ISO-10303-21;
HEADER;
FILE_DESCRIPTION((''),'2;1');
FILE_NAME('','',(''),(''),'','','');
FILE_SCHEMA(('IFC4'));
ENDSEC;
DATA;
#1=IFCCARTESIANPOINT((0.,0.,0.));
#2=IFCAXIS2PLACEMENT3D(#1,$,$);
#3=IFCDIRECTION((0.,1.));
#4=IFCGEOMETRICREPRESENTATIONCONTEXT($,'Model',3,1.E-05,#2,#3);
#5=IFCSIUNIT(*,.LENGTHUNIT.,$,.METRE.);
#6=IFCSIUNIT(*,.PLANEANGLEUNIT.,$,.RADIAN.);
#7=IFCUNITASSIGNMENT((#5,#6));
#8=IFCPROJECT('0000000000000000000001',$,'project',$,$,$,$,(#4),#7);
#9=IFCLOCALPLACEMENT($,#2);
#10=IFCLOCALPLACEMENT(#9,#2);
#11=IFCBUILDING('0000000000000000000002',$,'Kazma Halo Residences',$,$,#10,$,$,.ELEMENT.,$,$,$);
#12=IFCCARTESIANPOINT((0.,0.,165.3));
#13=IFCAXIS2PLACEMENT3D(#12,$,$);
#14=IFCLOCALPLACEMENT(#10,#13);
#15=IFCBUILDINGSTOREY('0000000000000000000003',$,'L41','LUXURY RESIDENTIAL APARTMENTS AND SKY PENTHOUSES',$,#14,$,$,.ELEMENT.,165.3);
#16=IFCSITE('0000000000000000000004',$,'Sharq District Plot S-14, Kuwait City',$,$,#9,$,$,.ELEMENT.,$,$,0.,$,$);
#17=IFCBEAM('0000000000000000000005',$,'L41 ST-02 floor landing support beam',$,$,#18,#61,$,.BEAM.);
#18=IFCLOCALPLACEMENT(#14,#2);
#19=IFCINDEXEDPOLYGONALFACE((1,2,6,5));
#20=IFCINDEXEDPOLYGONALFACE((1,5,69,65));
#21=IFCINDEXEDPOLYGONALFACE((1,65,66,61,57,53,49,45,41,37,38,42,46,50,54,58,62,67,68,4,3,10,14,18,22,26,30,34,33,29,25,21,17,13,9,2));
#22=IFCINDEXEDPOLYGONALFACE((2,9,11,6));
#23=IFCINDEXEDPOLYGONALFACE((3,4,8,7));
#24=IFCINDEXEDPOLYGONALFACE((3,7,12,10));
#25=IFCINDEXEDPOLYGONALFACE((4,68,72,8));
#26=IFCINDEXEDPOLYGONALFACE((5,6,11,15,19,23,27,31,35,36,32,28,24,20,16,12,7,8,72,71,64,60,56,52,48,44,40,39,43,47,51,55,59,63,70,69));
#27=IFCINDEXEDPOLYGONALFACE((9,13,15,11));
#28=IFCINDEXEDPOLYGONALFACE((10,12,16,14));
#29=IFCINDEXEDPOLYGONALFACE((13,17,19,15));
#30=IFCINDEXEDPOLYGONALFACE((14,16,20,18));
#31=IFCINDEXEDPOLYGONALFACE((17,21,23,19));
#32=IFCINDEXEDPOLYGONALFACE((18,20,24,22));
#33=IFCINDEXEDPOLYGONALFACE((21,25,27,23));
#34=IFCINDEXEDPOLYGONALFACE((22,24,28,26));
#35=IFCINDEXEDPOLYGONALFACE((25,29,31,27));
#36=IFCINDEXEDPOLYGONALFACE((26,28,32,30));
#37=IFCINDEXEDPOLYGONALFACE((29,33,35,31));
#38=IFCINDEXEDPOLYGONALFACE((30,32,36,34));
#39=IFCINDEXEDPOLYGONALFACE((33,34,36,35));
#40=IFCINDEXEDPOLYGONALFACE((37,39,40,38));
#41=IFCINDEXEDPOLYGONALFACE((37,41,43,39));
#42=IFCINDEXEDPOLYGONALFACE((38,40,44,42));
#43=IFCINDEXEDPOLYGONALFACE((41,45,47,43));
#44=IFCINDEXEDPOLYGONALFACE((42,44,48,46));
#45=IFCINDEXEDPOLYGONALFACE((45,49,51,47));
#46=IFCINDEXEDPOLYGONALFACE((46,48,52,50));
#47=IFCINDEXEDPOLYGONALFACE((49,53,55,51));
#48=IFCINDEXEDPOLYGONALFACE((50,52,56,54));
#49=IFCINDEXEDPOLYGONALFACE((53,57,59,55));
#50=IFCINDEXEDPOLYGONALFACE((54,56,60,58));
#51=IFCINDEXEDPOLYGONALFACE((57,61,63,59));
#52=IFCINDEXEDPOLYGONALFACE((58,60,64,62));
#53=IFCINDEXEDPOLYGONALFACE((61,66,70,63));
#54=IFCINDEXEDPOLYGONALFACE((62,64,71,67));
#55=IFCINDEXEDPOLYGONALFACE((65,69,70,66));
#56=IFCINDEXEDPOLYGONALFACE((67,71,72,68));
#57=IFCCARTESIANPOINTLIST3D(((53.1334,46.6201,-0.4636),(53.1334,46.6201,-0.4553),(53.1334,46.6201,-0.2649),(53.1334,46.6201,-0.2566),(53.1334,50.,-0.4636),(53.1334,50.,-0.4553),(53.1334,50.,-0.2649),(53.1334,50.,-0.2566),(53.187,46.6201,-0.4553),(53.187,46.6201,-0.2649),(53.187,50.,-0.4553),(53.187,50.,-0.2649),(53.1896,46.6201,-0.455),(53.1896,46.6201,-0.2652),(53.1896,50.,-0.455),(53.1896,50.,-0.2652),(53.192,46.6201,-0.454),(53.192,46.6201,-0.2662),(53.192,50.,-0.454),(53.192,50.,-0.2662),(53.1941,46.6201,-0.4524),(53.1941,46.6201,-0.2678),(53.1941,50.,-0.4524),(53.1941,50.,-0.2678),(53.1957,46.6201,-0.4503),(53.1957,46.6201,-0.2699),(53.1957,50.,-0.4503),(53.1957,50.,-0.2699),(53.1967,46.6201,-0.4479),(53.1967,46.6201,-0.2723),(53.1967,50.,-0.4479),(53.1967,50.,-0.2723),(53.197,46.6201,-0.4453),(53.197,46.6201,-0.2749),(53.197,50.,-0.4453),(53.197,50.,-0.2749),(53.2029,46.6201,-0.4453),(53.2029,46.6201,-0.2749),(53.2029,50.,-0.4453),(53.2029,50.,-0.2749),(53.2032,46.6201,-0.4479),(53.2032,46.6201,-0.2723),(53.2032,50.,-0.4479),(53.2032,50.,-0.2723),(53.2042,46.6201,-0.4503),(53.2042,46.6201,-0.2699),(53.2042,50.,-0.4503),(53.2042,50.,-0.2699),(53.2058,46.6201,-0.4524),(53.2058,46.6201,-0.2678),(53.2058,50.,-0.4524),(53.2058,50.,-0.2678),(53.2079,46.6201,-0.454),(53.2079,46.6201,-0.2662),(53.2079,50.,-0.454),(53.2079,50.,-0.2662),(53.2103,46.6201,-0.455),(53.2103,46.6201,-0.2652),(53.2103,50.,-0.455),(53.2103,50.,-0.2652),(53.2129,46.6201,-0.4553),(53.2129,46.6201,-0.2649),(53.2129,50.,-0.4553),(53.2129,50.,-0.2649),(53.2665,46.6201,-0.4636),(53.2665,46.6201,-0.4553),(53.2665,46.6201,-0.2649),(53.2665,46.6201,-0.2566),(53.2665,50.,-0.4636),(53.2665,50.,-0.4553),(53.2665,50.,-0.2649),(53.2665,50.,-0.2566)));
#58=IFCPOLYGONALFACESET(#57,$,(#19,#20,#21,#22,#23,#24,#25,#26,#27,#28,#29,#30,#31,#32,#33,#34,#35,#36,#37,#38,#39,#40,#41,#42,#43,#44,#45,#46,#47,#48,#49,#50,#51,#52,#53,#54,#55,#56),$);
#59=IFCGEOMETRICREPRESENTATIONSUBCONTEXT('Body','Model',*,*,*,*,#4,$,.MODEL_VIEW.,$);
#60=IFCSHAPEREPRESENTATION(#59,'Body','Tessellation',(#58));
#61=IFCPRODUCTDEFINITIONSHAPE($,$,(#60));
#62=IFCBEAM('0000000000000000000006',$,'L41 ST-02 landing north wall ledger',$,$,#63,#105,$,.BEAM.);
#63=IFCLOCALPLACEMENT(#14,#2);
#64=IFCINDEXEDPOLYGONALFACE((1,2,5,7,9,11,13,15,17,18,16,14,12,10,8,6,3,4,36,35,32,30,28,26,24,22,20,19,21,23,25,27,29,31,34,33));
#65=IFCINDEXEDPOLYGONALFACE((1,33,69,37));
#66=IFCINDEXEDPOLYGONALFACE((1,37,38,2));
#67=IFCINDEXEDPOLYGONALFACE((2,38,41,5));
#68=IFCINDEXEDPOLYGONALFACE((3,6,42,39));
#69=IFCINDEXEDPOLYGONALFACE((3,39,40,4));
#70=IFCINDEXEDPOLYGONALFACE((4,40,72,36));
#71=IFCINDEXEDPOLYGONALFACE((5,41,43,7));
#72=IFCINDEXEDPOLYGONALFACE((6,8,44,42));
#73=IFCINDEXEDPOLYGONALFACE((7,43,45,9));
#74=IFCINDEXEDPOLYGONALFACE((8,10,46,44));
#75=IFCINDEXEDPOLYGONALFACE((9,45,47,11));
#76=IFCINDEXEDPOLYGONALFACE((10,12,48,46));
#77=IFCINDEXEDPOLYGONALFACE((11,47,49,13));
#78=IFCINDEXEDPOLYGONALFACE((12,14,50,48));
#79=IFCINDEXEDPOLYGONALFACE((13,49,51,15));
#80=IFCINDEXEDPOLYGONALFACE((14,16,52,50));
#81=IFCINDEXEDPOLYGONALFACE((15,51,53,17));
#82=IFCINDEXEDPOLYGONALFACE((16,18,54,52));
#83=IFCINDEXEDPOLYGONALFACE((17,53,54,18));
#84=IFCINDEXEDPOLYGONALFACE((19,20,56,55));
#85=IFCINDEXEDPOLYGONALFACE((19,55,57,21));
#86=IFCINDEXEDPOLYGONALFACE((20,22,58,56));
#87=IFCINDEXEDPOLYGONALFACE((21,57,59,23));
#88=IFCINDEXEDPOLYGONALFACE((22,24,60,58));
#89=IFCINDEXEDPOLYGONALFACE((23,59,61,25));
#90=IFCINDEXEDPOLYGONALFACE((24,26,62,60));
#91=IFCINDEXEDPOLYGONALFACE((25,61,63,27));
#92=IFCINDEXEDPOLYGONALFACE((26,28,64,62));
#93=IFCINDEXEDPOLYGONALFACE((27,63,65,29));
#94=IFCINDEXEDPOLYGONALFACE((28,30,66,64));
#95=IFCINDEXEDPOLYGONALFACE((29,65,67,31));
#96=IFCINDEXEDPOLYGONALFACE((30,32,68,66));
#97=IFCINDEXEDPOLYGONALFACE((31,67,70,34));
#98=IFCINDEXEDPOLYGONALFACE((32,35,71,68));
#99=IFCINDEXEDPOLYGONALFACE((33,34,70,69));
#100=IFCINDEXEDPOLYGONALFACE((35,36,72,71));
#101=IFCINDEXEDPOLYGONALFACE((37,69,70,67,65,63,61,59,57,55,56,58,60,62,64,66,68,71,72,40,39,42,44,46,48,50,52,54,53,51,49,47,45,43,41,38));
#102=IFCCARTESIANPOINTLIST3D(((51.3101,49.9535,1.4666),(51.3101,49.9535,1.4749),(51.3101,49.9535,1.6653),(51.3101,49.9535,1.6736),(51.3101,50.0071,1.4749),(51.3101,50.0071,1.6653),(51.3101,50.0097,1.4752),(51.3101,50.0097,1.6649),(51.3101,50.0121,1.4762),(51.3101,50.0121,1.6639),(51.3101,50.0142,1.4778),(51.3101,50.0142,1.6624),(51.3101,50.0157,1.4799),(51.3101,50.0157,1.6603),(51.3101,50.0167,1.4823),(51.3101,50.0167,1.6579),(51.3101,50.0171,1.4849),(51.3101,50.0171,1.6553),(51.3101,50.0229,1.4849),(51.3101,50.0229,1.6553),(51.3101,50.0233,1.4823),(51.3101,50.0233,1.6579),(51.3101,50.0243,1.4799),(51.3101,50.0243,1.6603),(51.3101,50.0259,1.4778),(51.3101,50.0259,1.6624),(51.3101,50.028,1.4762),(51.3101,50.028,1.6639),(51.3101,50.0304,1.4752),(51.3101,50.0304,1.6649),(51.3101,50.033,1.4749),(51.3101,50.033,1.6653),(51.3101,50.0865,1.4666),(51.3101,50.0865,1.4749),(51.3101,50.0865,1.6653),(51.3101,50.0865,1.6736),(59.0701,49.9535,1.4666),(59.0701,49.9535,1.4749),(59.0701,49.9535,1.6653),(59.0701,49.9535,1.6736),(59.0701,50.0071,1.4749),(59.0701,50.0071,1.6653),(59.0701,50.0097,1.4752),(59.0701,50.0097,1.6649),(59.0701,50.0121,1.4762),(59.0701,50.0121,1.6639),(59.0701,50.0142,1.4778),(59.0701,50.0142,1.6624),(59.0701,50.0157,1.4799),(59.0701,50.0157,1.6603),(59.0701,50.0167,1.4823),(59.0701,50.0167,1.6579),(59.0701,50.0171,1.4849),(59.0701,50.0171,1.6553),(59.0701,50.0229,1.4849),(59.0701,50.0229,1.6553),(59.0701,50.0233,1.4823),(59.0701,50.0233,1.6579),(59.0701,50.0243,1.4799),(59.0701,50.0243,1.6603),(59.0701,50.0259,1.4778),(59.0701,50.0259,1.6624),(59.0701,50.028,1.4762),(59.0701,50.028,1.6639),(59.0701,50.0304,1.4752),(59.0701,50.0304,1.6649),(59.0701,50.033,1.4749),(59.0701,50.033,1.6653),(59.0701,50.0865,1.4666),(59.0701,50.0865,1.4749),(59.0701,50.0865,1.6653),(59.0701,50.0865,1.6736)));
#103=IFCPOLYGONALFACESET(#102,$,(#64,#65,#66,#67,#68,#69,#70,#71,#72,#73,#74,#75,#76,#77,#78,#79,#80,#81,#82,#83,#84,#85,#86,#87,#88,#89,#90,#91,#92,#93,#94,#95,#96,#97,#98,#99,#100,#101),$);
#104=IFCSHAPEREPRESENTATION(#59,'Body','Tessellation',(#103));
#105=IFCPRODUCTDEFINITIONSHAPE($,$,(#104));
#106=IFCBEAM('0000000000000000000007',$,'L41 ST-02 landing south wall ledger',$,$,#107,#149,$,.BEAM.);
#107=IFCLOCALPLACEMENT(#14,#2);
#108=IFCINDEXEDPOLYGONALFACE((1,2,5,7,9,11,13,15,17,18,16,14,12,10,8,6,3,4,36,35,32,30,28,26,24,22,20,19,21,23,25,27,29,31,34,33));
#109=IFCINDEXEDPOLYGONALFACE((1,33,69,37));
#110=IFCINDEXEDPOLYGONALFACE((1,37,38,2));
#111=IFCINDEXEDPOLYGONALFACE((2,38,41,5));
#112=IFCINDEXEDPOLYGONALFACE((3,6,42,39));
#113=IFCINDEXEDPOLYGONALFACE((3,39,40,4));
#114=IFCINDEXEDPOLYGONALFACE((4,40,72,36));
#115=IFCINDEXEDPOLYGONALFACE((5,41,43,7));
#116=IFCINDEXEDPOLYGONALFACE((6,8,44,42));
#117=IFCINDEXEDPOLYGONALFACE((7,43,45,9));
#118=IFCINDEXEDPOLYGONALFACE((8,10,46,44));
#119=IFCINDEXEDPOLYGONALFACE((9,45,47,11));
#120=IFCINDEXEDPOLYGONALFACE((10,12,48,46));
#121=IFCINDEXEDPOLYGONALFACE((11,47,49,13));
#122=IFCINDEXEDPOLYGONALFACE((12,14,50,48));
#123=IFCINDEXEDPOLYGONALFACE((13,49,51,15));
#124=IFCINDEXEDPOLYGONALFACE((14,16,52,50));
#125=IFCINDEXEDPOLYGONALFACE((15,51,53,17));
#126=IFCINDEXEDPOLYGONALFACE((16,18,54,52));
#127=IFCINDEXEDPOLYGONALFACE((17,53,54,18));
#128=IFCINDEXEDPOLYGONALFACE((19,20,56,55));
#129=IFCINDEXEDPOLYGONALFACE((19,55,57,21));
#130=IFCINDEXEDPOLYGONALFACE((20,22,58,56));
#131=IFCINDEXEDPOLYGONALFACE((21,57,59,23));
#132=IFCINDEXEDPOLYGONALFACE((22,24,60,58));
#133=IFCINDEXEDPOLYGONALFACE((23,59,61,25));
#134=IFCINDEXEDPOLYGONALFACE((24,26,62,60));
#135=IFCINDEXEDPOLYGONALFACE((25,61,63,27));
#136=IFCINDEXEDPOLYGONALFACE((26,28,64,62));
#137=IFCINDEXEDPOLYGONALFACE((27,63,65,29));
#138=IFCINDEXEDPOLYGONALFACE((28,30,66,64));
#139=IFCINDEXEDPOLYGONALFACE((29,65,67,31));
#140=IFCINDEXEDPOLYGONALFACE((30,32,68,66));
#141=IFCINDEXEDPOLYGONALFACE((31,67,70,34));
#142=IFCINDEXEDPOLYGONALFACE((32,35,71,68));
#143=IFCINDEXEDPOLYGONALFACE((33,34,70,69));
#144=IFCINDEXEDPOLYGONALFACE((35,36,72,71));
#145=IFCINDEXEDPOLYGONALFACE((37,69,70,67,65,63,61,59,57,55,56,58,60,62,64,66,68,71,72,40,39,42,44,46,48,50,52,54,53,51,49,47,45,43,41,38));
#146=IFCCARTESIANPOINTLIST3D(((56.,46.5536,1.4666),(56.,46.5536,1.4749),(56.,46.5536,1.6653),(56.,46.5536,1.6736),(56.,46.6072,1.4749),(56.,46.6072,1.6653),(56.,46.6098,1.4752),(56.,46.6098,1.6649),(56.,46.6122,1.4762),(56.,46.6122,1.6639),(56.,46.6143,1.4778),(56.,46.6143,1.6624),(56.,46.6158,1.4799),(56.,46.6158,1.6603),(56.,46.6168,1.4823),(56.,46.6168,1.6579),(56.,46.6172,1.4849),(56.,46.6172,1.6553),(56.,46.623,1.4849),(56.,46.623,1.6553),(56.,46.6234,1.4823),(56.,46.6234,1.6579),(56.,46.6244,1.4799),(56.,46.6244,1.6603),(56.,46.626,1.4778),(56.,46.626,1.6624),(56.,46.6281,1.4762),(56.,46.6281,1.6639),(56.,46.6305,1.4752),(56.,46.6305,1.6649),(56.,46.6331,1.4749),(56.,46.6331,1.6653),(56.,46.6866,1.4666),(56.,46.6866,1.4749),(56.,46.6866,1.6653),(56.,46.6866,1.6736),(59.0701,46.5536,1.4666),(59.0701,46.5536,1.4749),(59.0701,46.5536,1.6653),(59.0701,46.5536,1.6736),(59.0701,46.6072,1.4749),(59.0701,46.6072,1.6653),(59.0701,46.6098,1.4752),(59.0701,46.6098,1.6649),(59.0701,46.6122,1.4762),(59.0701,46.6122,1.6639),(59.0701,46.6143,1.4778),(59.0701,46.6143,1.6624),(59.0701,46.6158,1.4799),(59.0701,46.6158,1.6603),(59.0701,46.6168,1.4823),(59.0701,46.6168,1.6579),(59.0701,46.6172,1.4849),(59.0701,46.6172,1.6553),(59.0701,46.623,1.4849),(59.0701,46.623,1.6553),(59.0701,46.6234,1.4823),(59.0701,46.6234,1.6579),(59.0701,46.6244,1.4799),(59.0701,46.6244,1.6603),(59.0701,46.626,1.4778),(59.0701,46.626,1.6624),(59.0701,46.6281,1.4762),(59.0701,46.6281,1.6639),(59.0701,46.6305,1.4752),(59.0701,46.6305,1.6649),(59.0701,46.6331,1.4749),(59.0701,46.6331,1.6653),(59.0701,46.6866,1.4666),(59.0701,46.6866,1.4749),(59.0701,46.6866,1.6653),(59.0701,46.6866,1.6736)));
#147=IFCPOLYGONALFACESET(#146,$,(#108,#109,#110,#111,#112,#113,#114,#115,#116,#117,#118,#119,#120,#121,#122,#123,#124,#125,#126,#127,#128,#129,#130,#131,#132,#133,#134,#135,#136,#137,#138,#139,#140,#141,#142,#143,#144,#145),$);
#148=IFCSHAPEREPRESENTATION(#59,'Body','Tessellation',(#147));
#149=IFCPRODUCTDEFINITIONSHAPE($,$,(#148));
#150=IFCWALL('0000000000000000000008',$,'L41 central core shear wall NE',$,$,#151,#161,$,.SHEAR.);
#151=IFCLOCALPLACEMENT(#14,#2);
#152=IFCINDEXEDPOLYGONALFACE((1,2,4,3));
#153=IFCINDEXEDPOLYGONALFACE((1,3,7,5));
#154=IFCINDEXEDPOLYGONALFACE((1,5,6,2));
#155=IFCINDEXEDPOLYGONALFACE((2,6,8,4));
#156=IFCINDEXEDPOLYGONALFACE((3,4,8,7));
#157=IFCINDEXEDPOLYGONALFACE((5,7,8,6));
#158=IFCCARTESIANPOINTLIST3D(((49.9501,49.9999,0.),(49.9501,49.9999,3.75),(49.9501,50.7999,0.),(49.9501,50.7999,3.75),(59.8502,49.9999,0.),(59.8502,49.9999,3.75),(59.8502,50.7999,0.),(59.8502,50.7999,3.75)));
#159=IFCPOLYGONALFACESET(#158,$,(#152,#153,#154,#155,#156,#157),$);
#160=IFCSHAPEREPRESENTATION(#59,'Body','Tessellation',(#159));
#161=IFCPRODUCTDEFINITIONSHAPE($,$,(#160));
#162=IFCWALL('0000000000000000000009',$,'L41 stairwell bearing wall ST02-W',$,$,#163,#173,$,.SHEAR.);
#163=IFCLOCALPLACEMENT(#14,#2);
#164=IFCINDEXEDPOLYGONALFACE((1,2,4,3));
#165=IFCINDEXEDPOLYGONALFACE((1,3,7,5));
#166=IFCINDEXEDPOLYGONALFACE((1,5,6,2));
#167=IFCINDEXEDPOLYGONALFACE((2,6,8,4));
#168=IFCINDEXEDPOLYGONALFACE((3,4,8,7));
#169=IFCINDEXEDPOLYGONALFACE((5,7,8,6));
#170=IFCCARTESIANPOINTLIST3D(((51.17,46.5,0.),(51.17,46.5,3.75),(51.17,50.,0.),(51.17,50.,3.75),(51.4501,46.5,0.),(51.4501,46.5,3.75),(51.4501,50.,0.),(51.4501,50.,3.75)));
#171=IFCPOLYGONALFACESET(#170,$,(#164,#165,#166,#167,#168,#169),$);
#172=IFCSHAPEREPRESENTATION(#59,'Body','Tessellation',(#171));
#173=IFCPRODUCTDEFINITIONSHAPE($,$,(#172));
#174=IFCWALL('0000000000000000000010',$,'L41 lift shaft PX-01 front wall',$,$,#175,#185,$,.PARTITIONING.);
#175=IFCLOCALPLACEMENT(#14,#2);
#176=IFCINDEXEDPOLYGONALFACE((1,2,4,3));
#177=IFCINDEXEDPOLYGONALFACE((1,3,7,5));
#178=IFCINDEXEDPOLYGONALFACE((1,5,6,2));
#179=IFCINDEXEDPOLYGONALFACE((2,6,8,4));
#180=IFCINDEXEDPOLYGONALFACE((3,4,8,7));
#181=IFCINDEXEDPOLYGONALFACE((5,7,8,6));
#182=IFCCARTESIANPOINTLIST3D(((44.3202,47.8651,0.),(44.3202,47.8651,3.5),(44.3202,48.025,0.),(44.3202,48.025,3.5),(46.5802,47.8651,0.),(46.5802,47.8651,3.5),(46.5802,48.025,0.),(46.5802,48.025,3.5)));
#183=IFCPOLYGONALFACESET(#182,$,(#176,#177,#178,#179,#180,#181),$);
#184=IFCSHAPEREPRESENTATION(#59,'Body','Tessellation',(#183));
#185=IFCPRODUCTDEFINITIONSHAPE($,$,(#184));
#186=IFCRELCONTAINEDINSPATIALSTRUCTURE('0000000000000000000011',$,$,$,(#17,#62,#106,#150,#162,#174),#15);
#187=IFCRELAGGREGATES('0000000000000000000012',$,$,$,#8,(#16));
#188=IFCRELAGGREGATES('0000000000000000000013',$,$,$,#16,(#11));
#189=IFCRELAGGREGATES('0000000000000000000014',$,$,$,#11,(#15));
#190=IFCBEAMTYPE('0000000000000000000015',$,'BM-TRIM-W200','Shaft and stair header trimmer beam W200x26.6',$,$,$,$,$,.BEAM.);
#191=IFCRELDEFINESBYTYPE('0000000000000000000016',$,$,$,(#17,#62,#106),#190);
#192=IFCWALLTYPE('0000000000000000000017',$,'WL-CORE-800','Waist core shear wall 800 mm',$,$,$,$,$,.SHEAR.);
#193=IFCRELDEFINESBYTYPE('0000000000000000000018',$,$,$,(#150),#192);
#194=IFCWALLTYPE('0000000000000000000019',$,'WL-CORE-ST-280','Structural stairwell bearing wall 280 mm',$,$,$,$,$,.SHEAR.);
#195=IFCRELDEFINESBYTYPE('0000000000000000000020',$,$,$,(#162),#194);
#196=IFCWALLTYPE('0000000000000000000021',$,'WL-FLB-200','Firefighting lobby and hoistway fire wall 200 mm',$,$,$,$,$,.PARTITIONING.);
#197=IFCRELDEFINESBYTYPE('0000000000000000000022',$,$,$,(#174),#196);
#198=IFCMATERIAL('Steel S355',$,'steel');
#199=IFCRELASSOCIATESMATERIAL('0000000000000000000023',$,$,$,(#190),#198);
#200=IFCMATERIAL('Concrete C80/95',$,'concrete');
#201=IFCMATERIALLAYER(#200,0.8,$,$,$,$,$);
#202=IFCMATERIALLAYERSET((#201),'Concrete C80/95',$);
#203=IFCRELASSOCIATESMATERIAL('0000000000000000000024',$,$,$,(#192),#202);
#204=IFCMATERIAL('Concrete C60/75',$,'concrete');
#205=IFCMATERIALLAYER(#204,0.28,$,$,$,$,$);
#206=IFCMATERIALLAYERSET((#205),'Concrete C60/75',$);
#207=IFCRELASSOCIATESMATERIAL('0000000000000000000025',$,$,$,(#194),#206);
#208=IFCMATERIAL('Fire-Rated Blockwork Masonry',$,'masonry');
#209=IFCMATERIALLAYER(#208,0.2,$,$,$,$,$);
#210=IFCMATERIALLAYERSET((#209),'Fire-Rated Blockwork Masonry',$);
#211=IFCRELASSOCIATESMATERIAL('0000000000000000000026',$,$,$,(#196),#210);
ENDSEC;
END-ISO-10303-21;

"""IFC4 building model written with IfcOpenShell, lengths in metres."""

from ifc_helpers import new_model, si_unit, direction, frame, frame_2d, origin, origin_2d, place, context, subcontext, project, spatial, rectangle, i_section, extrude, material, layer, layer_set, material_profile, profile_set, type_object, element, save


model = new_model("IFC4")

# Units and contexts
model_context = context("Model", 3, precision=1e-05, world=origin(), true_north=direction((0.0, 1.0)))
body_context = subcontext(model_context, "Body", "Model", "MODEL_VIEW")
ifc_project = project(units=[si_unit("LENGTHUNIT", "METRE"), si_unit("PLANEANGLEUNIT", "RADIAN")], contexts=[model_context])

# Site, building, storey
site_placement = place(None, origin())
site = spatial("IfcSite", under=ifc_project, at=site_placement, Name="Sharq District Plot S-14, Kuwait City", CompositionType="ELEMENT", RefElevation=0.0)
building_placement = place(site_placement, origin())
building = spatial("IfcBuilding", under=site, at=building_placement, Name="Kazma Halo Residences", CompositionType="ELEMENT")
storey_placement = place(building_placement, frame((0.0, 0.0, 165.3)))
storey = spatial("IfcBuildingStorey", under=building, at=storey_placement, Name="L41", Description="LUXURY RESIDENTIAL APARTMENTS AND SKY PENTHOUSES", CompositionType="ELEMENT", Elevation=165.3)

# Shared definitions
ifc_material_1 = material(Name="Steel S355", Category="steel")

# Beams
ifc_material_profile_1 = material_profile(ifc_material_1, i_section(OverallWidth=0.1331, OverallDepth=0.207, WebThickness=0.0059, FlangeThickness=0.0083, FilletRadius=0.01, at=origin_2d()), Name="W200x26.6")
ifc_profile_set_1 = profile_set([ifc_material_profile_1], Name="Steel S355")
beam_type_1 = type_object("IfcBeamType", Name="BM-TRIM-W200", Description="Shaft and stair header trimmer beam W200x26.6", PredefinedType="BEAM", material=ifc_profile_set_1)
beam_1_placement = place(storey_placement, frame((53.2, 46.6201, -0.3601), z_axis=(0.0, 1.0, 0.0), x_axis=(-1.0, 0.0, 0.0)))
element("IfcBeam", 1, at=beam_1_placement, inside=storey, type_object=beam_type_1, Name="L41 ST-02 floor landing support beam", PredefinedType="BEAM", context=body_context, shape_type="SweptSolid", body=[
    extrude(i_section(OverallWidth=0.1331, OverallDepth=0.207, WebThickness=0.0059, FlangeThickness=0.0083, FilletRadius=0.01, at=origin_2d()), origin(), (0.0, 0.0, 1.0), 3.3799),
])
beam_2_placement = place(storey_placement, frame((51.3101, 50.02, 1.5701), z_axis=(1.0, 0.0, 0.0), x_axis=(0.0, 1.0, 0.0)))
element("IfcBeam", 2, at=beam_2_placement, inside=storey, type_object=beam_type_1, Name="L41 ST-02 landing north wall ledger", PredefinedType="BEAM", context=body_context, shape_type="SweptSolid", body=[
    extrude(i_section(OverallWidth=0.1331, OverallDepth=0.207, WebThickness=0.0059, FlangeThickness=0.0083, FilletRadius=0.01, at=origin_2d()), origin(), (0.0, 0.0, 1.0), 7.76),
])
beam_3_placement = place(storey_placement, frame((56.0, 46.6201, 1.5701), z_axis=(1.0, 0.0, 0.0), x_axis=(0.0, 1.0, 0.0)))
element("IfcBeam", 3, at=beam_3_placement, inside=storey, type_object=beam_type_1, Name="L41 ST-02 landing south wall ledger", PredefinedType="BEAM", context=body_context, shape_type="SweptSolid", body=[
    extrude(i_section(OverallWidth=0.1331, OverallDepth=0.207, WebThickness=0.0059, FlangeThickness=0.0083, FilletRadius=0.01, at=origin_2d()), origin(), (0.0, 0.0, 1.0), 3.0701),
])

# Walls
ifc_material_2 = material(Name="Concrete C80/95", Category="concrete")
ifc_layer_1 = layer(ifc_material_2, 0.8)
ifc_layer_set_1 = layer_set([ifc_layer_1], Name="Concrete C80/95")
wall_type_1 = type_object("IfcWallType", Name="WL-CORE-800", Description="Waist core shear wall 800 mm", PredefinedType="SHEAR", material=ifc_layer_set_1)
wall_1_placement = place(storey_placement, frame((49.95, 50.3999, 0.0), z_axis=(0.0, 0.0, 1.0), x_axis=(1.0, 0.0, 0.0)))
element("IfcWall", 4, at=wall_1_placement, inside=storey, type_object=wall_type_1, Name="L41 central core shear wall NE", PredefinedType="SHEAR", context=body_context, shape_type="SweptSolid", body=[
    extrude(rectangle(XDim=9.9001, YDim=0.8, at=frame_2d((4.9502, 0.0))), origin(), (0.0, 0.0, 1.0), 3.75),
])
ifc_material_3 = material(Name="Concrete C60/75", Category="concrete")
ifc_layer_2 = layer(ifc_material_3, 0.28)
ifc_layer_set_2 = layer_set([ifc_layer_2], Name="Concrete C60/75")
wall_type_2 = type_object("IfcWallType", Name="WL-CORE-ST-280", Description="Structural stairwell bearing wall 280 mm", PredefinedType="SHEAR", material=ifc_layer_set_2)
wall_2_placement = place(storey_placement, frame((51.3101, 46.5, 0.0), z_axis=(0.0, 0.0, 1.0), x_axis=(0.0, 1.0, 0.0)))
element("IfcWall", 5, at=wall_2_placement, inside=storey, type_object=wall_type_2, Name="L41 stairwell bearing wall ST02-W", PredefinedType="SHEAR", context=body_context, shape_type="SweptSolid", body=[
    extrude(rectangle(XDim=3.5, YDim=0.28, at=frame_2d((1.75, 0.0))), origin(), (0.0, 0.0, 1.0), 3.75),
])
ifc_material_4 = material(Name="Fire-Rated Blockwork Masonry", Category="masonry")
ifc_layer_3 = layer(ifc_material_4, 0.2)
ifc_layer_set_3 = layer_set([ifc_layer_3], Name="Fire-Rated Blockwork Masonry")
wall_type_3 = type_object("IfcWallType", Name="WL-FLB-200", Description="Firefighting lobby and hoistway fire wall 200 mm", PredefinedType="PARTITIONING", material=ifc_layer_set_3)
wall_3_placement = place(storey_placement, frame((46.5801, 47.9451, 0.0), z_axis=(0.0, 0.0, 1.0), x_axis=(-1.0, 0.0, 0.0)))
element("IfcWall", 6, at=wall_3_placement, inside=storey, type_object=wall_type_3, Name="L41 lift shaft PX-01 front wall", PredefinedType="PARTITIONING", context=body_context, shape_type="SweptSolid", body=[
    extrude(rectangle(XDim=2.26, YDim=0.1599, at=frame_2d((1.1299, 0.0))), origin(), (0.0, 0.0, 1.0), 3.5),
])

save(model, "model.ifc")
